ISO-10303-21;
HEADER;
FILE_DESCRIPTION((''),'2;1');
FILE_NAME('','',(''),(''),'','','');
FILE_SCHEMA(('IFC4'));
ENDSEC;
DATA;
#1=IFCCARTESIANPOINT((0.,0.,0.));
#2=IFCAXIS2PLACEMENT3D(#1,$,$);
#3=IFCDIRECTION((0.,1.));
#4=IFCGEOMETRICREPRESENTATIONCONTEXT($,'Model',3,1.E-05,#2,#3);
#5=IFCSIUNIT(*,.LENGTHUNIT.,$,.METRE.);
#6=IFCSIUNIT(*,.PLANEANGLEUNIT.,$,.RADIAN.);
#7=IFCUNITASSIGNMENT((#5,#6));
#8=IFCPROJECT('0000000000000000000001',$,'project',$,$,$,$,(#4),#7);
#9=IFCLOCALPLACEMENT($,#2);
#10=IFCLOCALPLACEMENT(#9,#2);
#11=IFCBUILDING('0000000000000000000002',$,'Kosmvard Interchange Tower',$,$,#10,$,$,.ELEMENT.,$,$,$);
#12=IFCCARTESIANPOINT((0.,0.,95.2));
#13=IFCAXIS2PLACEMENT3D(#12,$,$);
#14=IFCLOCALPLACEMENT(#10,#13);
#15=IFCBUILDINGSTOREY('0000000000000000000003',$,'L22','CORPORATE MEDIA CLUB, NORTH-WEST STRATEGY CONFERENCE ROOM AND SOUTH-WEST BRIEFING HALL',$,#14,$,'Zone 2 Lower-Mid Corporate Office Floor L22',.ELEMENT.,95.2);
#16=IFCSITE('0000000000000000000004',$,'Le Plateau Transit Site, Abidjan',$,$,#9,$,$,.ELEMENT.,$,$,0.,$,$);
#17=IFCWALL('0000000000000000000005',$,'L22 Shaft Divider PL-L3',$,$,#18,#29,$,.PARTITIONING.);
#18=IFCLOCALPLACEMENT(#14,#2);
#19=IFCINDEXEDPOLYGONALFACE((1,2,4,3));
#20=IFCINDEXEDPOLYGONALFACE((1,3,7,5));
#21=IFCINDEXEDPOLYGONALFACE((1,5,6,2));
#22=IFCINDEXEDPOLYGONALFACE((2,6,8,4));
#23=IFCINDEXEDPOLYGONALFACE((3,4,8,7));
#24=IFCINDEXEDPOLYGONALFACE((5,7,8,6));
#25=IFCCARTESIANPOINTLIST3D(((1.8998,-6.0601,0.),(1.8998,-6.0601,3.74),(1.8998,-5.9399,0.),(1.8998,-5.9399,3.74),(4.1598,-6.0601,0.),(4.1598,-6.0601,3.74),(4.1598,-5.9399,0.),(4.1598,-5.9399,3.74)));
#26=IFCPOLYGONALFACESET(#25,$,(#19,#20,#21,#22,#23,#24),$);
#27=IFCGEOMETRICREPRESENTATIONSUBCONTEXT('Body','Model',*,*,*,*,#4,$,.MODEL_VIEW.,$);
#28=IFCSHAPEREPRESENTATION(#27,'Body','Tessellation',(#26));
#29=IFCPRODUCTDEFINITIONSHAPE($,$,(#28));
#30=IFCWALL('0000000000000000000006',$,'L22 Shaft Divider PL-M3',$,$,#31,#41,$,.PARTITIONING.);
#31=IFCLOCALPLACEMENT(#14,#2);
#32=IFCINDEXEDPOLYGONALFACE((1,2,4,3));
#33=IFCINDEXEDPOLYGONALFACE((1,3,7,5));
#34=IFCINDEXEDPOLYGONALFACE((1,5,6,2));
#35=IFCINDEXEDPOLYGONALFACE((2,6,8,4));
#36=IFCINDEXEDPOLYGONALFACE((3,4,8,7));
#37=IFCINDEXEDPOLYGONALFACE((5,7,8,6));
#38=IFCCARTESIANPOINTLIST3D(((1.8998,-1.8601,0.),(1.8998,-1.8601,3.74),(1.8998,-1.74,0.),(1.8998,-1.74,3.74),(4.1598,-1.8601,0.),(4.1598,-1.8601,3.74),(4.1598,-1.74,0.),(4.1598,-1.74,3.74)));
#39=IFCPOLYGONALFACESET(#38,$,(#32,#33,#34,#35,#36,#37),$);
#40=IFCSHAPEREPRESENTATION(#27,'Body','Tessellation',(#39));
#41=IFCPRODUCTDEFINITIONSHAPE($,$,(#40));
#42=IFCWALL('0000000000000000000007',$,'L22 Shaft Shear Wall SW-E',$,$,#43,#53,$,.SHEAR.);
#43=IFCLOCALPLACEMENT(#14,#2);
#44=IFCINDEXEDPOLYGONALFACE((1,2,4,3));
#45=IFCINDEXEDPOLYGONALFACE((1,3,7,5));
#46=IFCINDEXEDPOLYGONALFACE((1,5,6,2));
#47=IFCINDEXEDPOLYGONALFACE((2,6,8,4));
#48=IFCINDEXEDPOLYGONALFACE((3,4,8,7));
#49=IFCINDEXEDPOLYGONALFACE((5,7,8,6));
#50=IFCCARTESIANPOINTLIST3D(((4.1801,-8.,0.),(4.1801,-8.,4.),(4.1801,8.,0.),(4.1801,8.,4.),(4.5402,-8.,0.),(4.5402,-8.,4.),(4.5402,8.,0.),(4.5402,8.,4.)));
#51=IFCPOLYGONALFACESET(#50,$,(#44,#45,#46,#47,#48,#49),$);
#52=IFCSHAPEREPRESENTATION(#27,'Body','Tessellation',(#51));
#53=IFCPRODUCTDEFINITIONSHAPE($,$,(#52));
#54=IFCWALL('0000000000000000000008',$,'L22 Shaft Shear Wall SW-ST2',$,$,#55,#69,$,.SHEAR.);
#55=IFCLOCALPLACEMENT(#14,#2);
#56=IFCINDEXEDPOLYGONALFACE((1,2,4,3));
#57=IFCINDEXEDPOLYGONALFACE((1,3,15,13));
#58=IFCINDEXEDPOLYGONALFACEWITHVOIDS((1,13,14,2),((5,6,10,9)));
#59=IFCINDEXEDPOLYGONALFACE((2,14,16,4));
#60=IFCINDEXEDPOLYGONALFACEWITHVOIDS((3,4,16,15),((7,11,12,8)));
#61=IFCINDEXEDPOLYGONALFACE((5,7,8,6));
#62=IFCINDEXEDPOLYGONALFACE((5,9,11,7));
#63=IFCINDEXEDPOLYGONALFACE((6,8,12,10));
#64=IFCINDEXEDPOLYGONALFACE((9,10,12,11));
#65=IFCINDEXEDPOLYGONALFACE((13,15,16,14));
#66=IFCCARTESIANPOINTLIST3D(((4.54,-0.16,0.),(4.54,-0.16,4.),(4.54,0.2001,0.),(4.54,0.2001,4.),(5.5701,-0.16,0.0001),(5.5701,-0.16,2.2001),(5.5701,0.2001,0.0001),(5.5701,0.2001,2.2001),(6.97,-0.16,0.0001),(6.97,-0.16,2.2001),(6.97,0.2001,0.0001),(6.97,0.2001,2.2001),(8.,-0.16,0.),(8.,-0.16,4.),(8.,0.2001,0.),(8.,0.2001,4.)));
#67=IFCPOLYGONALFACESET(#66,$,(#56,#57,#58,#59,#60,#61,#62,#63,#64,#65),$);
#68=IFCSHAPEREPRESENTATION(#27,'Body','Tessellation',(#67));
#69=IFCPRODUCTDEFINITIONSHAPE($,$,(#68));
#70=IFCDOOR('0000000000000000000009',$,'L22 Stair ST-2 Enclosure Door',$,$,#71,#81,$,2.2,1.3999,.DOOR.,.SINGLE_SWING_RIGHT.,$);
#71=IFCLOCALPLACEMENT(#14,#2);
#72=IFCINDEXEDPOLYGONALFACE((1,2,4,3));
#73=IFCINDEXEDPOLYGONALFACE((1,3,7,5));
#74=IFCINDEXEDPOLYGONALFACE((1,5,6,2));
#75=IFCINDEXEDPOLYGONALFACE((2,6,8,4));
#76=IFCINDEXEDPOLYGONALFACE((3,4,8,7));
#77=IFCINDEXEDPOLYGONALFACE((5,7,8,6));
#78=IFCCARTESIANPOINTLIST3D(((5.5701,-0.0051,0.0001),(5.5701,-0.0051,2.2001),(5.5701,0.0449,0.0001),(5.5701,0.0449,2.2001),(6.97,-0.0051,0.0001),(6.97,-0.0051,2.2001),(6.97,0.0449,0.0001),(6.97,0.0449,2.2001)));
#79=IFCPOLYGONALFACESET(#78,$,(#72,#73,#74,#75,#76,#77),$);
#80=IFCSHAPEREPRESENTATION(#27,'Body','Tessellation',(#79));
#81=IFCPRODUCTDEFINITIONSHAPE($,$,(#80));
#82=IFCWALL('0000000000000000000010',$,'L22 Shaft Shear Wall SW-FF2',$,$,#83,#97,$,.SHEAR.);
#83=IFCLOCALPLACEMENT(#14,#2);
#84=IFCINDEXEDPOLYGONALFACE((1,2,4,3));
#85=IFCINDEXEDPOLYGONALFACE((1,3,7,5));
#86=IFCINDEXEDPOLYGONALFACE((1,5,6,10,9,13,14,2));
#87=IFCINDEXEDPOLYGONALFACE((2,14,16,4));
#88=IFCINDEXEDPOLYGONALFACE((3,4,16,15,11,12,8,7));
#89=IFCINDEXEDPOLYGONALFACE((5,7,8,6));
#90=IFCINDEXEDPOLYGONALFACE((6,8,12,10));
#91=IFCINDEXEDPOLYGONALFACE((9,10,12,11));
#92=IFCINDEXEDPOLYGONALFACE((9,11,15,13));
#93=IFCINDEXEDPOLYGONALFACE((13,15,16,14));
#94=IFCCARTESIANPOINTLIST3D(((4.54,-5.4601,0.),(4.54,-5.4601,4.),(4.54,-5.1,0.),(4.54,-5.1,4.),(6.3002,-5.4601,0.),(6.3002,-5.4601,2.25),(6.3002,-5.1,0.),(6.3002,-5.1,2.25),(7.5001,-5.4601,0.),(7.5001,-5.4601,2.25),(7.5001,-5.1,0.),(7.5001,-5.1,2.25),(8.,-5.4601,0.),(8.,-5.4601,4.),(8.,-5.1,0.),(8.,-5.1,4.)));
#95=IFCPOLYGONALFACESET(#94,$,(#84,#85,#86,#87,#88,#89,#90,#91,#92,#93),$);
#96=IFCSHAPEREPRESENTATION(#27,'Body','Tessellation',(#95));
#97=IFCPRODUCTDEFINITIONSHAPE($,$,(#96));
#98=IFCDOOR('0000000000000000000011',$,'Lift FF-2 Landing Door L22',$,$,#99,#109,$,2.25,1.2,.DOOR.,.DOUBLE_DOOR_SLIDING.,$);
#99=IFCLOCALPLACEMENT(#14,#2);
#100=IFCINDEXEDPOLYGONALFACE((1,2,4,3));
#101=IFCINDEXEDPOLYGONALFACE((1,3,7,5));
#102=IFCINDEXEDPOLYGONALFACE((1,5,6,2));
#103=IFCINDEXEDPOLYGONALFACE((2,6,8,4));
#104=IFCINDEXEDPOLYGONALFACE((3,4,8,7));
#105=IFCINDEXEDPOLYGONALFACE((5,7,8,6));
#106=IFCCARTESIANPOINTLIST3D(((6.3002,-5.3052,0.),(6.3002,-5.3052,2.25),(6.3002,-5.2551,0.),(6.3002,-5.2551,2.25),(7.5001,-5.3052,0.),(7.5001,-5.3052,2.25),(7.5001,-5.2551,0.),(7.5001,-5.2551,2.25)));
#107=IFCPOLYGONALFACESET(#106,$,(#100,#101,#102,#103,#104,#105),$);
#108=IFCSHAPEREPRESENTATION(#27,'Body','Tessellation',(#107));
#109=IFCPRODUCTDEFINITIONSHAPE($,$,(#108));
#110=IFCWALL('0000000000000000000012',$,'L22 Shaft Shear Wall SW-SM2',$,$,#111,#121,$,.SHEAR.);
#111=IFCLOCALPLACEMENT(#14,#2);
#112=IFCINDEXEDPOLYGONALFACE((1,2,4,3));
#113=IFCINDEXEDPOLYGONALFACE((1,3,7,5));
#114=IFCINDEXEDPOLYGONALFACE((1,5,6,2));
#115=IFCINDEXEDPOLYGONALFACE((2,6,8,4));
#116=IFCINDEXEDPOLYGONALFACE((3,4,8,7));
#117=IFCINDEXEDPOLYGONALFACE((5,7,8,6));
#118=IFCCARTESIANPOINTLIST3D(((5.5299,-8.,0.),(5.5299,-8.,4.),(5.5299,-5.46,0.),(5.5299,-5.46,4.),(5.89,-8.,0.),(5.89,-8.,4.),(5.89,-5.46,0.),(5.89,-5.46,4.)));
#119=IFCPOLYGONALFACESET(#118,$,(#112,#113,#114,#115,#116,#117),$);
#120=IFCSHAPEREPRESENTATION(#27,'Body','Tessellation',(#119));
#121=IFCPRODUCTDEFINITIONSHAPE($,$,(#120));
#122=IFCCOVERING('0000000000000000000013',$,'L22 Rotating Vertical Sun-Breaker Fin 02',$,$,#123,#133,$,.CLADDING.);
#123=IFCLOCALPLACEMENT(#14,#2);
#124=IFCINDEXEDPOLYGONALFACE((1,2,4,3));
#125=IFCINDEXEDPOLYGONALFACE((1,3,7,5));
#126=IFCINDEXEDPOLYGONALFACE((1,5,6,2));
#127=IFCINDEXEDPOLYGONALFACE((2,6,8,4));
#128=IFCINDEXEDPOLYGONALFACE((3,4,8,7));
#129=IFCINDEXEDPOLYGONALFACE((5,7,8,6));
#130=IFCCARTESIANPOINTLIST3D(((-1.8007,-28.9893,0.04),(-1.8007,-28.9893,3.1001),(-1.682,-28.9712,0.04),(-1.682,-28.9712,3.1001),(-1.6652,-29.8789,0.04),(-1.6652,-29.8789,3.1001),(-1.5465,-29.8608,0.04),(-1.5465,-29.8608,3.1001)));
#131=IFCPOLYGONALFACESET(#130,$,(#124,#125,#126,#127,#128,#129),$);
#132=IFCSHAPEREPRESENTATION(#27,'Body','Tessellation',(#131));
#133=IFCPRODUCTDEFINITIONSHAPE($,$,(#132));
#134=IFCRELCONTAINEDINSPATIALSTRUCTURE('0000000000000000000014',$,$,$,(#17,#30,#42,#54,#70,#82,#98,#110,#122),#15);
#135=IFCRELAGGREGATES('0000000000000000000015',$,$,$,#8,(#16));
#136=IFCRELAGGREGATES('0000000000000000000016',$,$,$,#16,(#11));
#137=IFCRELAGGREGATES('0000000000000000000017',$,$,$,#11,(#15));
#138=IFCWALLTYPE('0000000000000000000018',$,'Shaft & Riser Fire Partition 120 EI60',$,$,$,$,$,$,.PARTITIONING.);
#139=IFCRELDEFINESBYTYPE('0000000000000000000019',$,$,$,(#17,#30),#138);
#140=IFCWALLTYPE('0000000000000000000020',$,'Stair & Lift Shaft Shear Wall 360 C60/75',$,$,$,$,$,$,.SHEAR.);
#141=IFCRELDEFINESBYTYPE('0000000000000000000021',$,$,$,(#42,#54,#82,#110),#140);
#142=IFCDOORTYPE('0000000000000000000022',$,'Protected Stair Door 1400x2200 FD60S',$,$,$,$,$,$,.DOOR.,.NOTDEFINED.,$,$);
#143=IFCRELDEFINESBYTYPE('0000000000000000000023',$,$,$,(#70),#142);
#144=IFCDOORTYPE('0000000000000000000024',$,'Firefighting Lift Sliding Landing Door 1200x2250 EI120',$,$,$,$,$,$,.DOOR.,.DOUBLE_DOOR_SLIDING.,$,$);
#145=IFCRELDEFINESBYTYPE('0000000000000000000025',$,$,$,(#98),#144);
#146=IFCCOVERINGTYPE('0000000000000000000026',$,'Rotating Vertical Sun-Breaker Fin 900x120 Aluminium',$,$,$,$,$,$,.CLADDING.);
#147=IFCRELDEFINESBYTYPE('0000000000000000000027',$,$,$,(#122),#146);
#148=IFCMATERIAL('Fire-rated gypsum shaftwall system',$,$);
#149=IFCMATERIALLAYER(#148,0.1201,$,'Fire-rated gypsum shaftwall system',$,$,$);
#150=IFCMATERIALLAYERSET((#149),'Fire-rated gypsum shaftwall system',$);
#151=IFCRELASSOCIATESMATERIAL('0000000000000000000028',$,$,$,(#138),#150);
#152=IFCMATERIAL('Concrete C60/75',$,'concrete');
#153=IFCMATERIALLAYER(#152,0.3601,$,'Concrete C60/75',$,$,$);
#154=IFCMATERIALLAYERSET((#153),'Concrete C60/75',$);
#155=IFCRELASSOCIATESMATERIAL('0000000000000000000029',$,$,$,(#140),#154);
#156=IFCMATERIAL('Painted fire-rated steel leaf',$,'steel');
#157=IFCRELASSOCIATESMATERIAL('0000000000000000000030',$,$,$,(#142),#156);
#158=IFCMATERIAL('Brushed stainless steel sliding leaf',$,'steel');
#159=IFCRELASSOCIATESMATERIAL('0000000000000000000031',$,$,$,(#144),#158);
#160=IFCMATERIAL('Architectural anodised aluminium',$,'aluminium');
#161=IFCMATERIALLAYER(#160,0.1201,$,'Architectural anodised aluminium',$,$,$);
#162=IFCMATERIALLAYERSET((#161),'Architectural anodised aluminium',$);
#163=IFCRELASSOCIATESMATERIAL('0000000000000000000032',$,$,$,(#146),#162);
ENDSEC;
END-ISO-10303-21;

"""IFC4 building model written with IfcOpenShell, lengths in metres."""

from ifc_helpers import new_model, si_unit, direction, frame, frame_2d, origin, origin_2d, place, context, subcontext, project, spatial, rectangle, extrude, source, transform, mapped, material, layer, layer_set, type_object, element, fill, save


model = new_model("IFC4")

# Units and contexts
model_context = context("Model", 3, precision=1e-05, world=origin(), true_north=direction((0.0, 1.0)))
body_context = subcontext(model_context, "Body", "Model", "MODEL_VIEW")
ifc_project = project(units=[si_unit("LENGTHUNIT", "METRE"), si_unit("PLANEANGLEUNIT", "RADIAN")], contexts=[model_context])

# Site, building, storey
site_placement = place(None, origin())
site = spatial("IfcSite", under=ifc_project, at=site_placement, Name="Le Plateau Transit Site, Abidjan", CompositionType="ELEMENT", RefElevation=0.0)
building_placement = place(site_placement, origin())
building = spatial("IfcBuilding", under=site, at=building_placement, Name="Kosmvard Interchange Tower", CompositionType="ELEMENT")
storey_placement = place(building_placement, frame((0.0, 0.0, 95.2)))
storey = spatial("IfcBuildingStorey", under=building, at=storey_placement, Name="L22", Description="CORPORATE MEDIA CLUB, NORTH-WEST STRATEGY CONFERENCE ROOM AND SOUTH-WEST BRIEFING HALL", LongName="Zone 2 Lower-Mid Corporate Office Floor L22", CompositionType="ELEMENT", Elevation=95.2)

# Shared definitions
ifc_material_1 = material(Name="Concrete C60/75", Category="concrete")

# Shared definitions
ifc_material_2 = material(Name="Brushed stainless steel sliding leaf", Category="steel")

# Walls
ifc_material_3 = material(Name="Fire-rated gypsum shaftwall system")
ifc_layer_1 = layer(ifc_material_3, 0.1201, Name="Fire-rated gypsum shaftwall system")
ifc_layer_set_1 = layer_set([ifc_layer_1], Name="Fire-rated gypsum shaftwall system")
wall_type_1 = type_object("IfcWallType", Name="Shaft & Riser Fire Partition 120 EI60", PredefinedType="PARTITIONING", material=ifc_layer_set_1)
for number, where, z_axis, x_axis, name in (
    (1, (1.8999, -6.0, 0.0), (0.0, 0.0, 1.0), (1.0, 0.0, 0.0), "L22 Shaft Divider PL-L3"),
    (2, (1.8999, -1.8, 0.0), (0.0, 0.0, 1.0), (1.0, 0.0, 0.0), "L22 Shaft Divider PL-M3"),
):
    element("IfcWall", number, at=place(storey_placement, frame(where, z_axis=z_axis, x_axis=x_axis)), inside=storey, type_object=wall_type_1, Name=name, PredefinedType="PARTITIONING", context=body_context, shape_type="SweptSolid", body=[
        extrude(rectangle(XDim=2.26, YDim=0.1201, at=frame_2d((1.1299, 0.0))), origin(), (0.0, 0.0, 1.0), 3.74),
    ])
ifc_layer_2 = layer(ifc_material_1, 0.3601, Name="Concrete C60/75")
ifc_layer_set_2 = layer_set([ifc_layer_2], Name="Concrete C60/75")
wall_type_2 = type_object("IfcWallType", Name="Stair & Lift Shaft Shear Wall 360 C60/75", PredefinedType="SHEAR", material=ifc_layer_set_2)
wall_1_placement = place(storey_placement, frame((4.3601, -8.0, 0.0), z_axis=(0.0, 0.0, 1.0), x_axis=(0.0, 1.0, 0.0)))
element("IfcWall", 3, at=wall_1_placement, inside=storey, type_object=wall_type_2, Name="L22 Shaft Shear Wall SW-E", PredefinedType="SHEAR", context=body_context, shape_type="SweptSolid", body=[
    extrude(rectangle(XDim=16.0, YDim=0.3601, at=frame_2d((8.0, 0.0))), origin(), (0.0, 0.0, 1.0), 4.0),
])

# Walls, openings, doors
wall_2_placement = place(storey_placement, frame((4.54, 0.02, 0.0), z_axis=(0.0, 0.0, 1.0), x_axis=(1.0, 0.0, 0.0)))
wall_2 = element("IfcWall", 4, at=wall_2_placement, inside=storey, type_object=wall_type_2, Name="L22 Shaft Shear Wall SW-ST2", PredefinedType="SHEAR", context=body_context, shape_type="SweptSolid", body=[
    extrude(rectangle(XDim=3.46, YDim=0.3601, at=frame_2d((1.73, 0.0))), origin(), (0.0, 0.0, 1.0), 4.0),
])
opening_1_placement = place(wall_2_placement, frame((1.03, 0.0, 0.0)))
opening_1 = element("IfcOpeningElement", 5, at=opening_1_placement, cuts=wall_2, PredefinedType="OPENING", context=body_context, shape_type="SweptSolid", body=[
    extrude(rectangle(XDim=1.3999, YDim=2.2, at=frame_2d((0.7, 1.1001))), frame((0.0, 0.1899, 0.0), z_axis=(0.0, -1.0, 0.0), x_axis=(1.0, 0.0, 0.0)), (0.0, 0.0, 1.0), 0.3801),
])
ifc_material_4 = material(Name="Painted fire-rated steel leaf", Category="steel")
door_type_1 = type_object("IfcDoorType", Name="Protected Stair Door 1400x2200 FD60S", OperationType="NOTDEFINED", PredefinedType="DOOR", material=ifc_material_4)
shared_shape_1 = source(origin(), body_context, "Body", "SweptSolid", [
    extrude(rectangle(XDim=1.3999, YDim=2.2, at=frame_2d((0.7, 1.1001))), frame((0.0, 0.0249, 0.0), z_axis=(0.0, -1.0, 0.0), x_axis=(1.0, 0.0, 0.0)), (0.0, 0.0, 1.0), 0.05),
])
door_1_placement = place(opening_1_placement, origin())
door_1 = element("IfcDoor", 6, at=door_1_placement, inside=storey, type_object=door_type_1, Name="L22 Stair ST-2 Enclosure Door", OperationType="SINGLE_SWING_RIGHT", OverallHeight=2.2, OverallWidth=1.3999, PredefinedType="DOOR", context=body_context, shape_type="MappedRepresentation", body=[
    mapped(shared_shape_1, transform((0.0, 0.0, 0.0), scale=1.0)),
])
fill(opening_1, door_1)
wall_3_placement = place(storey_placement, frame((4.54, -5.28, 0.0), z_axis=(0.0, 0.0, 1.0), x_axis=(1.0, 0.0, 0.0)))
wall_3 = element("IfcWall", 7, at=wall_3_placement, inside=storey, type_object=wall_type_2, Name="L22 Shaft Shear Wall SW-FF2", PredefinedType="SHEAR", context=body_context, shape_type="SweptSolid", body=[
    extrude(rectangle(XDim=3.46, YDim=0.3601, at=frame_2d((1.73, 0.0))), origin(), (0.0, 0.0, 1.0), 4.0),
])
opening_2_placement = place(wall_3_placement, frame((1.76, 0.0, 0.0)))
opening_2 = element("IfcOpeningElement", 8, at=opening_2_placement, cuts=wall_3, PredefinedType="OPENING", context=body_context, shape_type="SweptSolid", body=[
    extrude(rectangle(XDim=1.2, YDim=2.25, at=frame_2d((0.6001, 1.125))), frame((0.0, 0.1899, 0.0), z_axis=(0.0, -1.0, 0.0), x_axis=(1.0, 0.0, 0.0)), (0.0, 0.0, 1.0), 0.3801),
])
door_type_2 = type_object("IfcDoorType", Name="Firefighting Lift Sliding Landing Door 1200x2250 EI120", OperationType="DOUBLE_DOOR_SLIDING", PredefinedType="DOOR", material=ifc_material_2)
shared_shape_2 = source(origin(), body_context, "Body", "SweptSolid", [
    extrude(rectangle(XDim=1.2, YDim=2.25, at=frame_2d((0.6001, 1.125))), frame((0.0, 0.0249, 0.0), z_axis=(0.0, -1.0, 0.0), x_axis=(1.0, 0.0, 0.0)), (0.0, 0.0, 1.0), 0.05),
])
door_2_placement = place(opening_2_placement, origin())
door_2 = element("IfcDoor", 9, at=door_2_placement, inside=storey, type_object=door_type_2, Name="Lift FF-2 Landing Door L22", OperationType="DOUBLE_DOOR_SLIDING", OverallHeight=2.25, OverallWidth=1.2, PredefinedType="DOOR", context=body_context, shape_type="MappedRepresentation", body=[
    mapped(shared_shape_2, transform((0.0, 0.0, 0.0), scale=1.0)),
])
fill(opening_2, door_2)

# Wall
wall_4_placement = place(storey_placement, frame((5.71, -8.0, 0.0), z_axis=(0.0, 0.0, 1.0), x_axis=(0.0, 1.0, 0.0)))
element("IfcWall", 10, at=wall_4_placement, inside=storey, type_object=wall_type_2, Name="L22 Shaft Shear Wall SW-SM2", PredefinedType="SHEAR", context=body_context, shape_type="SweptSolid", body=[
    extrude(rectangle(XDim=2.54, YDim=0.3601, at=frame_2d((1.27, 0.0))), origin(), (0.0, 0.0, 1.0), 4.0),
])

# Covering
ifc_material_5 = material(Name="Architectural anodised aluminium", Category="aluminium")
ifc_layer_3 = layer(ifc_material_5, 0.1201, Name="Architectural anodised aluminium")
ifc_layer_set_3 = layer_set([ifc_layer_3], Name="Architectural anodised aluminium")
covering_type = type_object("IfcCoveringType", Name="Rotating Vertical Sun-Breaker Fin 900x120 Aluminium", PredefinedType="CLADDING", material=ifc_layer_set_3)
shared_shape_3 = source(origin(), body_context, "Body", "SweptSolid", [
    extrude(rectangle(XDim=0.8999, YDim=0.1201, at=origin_2d()), origin(), (0.0, 0.0, 1.0), 3.0601),
])
covering_placement = place(storey_placement, frame((-1.6736, -29.425, 0.04), z_axis=(0.0, 0.0, 1.0), x_axis=(0.150571, -0.988599, 0.0)))
element("IfcCovering", 11, at=covering_placement, inside=storey, type_object=covering_type, Name="L22 Rotating Vertical Sun-Breaker Fin 02", PredefinedType="CLADDING", context=body_context, shape_type="MappedRepresentation", body=[
    mapped(shared_shape_3, transform((0.0, 0.0, 0.0), scale=1.0)),
])

save(model, "model.ifc")
